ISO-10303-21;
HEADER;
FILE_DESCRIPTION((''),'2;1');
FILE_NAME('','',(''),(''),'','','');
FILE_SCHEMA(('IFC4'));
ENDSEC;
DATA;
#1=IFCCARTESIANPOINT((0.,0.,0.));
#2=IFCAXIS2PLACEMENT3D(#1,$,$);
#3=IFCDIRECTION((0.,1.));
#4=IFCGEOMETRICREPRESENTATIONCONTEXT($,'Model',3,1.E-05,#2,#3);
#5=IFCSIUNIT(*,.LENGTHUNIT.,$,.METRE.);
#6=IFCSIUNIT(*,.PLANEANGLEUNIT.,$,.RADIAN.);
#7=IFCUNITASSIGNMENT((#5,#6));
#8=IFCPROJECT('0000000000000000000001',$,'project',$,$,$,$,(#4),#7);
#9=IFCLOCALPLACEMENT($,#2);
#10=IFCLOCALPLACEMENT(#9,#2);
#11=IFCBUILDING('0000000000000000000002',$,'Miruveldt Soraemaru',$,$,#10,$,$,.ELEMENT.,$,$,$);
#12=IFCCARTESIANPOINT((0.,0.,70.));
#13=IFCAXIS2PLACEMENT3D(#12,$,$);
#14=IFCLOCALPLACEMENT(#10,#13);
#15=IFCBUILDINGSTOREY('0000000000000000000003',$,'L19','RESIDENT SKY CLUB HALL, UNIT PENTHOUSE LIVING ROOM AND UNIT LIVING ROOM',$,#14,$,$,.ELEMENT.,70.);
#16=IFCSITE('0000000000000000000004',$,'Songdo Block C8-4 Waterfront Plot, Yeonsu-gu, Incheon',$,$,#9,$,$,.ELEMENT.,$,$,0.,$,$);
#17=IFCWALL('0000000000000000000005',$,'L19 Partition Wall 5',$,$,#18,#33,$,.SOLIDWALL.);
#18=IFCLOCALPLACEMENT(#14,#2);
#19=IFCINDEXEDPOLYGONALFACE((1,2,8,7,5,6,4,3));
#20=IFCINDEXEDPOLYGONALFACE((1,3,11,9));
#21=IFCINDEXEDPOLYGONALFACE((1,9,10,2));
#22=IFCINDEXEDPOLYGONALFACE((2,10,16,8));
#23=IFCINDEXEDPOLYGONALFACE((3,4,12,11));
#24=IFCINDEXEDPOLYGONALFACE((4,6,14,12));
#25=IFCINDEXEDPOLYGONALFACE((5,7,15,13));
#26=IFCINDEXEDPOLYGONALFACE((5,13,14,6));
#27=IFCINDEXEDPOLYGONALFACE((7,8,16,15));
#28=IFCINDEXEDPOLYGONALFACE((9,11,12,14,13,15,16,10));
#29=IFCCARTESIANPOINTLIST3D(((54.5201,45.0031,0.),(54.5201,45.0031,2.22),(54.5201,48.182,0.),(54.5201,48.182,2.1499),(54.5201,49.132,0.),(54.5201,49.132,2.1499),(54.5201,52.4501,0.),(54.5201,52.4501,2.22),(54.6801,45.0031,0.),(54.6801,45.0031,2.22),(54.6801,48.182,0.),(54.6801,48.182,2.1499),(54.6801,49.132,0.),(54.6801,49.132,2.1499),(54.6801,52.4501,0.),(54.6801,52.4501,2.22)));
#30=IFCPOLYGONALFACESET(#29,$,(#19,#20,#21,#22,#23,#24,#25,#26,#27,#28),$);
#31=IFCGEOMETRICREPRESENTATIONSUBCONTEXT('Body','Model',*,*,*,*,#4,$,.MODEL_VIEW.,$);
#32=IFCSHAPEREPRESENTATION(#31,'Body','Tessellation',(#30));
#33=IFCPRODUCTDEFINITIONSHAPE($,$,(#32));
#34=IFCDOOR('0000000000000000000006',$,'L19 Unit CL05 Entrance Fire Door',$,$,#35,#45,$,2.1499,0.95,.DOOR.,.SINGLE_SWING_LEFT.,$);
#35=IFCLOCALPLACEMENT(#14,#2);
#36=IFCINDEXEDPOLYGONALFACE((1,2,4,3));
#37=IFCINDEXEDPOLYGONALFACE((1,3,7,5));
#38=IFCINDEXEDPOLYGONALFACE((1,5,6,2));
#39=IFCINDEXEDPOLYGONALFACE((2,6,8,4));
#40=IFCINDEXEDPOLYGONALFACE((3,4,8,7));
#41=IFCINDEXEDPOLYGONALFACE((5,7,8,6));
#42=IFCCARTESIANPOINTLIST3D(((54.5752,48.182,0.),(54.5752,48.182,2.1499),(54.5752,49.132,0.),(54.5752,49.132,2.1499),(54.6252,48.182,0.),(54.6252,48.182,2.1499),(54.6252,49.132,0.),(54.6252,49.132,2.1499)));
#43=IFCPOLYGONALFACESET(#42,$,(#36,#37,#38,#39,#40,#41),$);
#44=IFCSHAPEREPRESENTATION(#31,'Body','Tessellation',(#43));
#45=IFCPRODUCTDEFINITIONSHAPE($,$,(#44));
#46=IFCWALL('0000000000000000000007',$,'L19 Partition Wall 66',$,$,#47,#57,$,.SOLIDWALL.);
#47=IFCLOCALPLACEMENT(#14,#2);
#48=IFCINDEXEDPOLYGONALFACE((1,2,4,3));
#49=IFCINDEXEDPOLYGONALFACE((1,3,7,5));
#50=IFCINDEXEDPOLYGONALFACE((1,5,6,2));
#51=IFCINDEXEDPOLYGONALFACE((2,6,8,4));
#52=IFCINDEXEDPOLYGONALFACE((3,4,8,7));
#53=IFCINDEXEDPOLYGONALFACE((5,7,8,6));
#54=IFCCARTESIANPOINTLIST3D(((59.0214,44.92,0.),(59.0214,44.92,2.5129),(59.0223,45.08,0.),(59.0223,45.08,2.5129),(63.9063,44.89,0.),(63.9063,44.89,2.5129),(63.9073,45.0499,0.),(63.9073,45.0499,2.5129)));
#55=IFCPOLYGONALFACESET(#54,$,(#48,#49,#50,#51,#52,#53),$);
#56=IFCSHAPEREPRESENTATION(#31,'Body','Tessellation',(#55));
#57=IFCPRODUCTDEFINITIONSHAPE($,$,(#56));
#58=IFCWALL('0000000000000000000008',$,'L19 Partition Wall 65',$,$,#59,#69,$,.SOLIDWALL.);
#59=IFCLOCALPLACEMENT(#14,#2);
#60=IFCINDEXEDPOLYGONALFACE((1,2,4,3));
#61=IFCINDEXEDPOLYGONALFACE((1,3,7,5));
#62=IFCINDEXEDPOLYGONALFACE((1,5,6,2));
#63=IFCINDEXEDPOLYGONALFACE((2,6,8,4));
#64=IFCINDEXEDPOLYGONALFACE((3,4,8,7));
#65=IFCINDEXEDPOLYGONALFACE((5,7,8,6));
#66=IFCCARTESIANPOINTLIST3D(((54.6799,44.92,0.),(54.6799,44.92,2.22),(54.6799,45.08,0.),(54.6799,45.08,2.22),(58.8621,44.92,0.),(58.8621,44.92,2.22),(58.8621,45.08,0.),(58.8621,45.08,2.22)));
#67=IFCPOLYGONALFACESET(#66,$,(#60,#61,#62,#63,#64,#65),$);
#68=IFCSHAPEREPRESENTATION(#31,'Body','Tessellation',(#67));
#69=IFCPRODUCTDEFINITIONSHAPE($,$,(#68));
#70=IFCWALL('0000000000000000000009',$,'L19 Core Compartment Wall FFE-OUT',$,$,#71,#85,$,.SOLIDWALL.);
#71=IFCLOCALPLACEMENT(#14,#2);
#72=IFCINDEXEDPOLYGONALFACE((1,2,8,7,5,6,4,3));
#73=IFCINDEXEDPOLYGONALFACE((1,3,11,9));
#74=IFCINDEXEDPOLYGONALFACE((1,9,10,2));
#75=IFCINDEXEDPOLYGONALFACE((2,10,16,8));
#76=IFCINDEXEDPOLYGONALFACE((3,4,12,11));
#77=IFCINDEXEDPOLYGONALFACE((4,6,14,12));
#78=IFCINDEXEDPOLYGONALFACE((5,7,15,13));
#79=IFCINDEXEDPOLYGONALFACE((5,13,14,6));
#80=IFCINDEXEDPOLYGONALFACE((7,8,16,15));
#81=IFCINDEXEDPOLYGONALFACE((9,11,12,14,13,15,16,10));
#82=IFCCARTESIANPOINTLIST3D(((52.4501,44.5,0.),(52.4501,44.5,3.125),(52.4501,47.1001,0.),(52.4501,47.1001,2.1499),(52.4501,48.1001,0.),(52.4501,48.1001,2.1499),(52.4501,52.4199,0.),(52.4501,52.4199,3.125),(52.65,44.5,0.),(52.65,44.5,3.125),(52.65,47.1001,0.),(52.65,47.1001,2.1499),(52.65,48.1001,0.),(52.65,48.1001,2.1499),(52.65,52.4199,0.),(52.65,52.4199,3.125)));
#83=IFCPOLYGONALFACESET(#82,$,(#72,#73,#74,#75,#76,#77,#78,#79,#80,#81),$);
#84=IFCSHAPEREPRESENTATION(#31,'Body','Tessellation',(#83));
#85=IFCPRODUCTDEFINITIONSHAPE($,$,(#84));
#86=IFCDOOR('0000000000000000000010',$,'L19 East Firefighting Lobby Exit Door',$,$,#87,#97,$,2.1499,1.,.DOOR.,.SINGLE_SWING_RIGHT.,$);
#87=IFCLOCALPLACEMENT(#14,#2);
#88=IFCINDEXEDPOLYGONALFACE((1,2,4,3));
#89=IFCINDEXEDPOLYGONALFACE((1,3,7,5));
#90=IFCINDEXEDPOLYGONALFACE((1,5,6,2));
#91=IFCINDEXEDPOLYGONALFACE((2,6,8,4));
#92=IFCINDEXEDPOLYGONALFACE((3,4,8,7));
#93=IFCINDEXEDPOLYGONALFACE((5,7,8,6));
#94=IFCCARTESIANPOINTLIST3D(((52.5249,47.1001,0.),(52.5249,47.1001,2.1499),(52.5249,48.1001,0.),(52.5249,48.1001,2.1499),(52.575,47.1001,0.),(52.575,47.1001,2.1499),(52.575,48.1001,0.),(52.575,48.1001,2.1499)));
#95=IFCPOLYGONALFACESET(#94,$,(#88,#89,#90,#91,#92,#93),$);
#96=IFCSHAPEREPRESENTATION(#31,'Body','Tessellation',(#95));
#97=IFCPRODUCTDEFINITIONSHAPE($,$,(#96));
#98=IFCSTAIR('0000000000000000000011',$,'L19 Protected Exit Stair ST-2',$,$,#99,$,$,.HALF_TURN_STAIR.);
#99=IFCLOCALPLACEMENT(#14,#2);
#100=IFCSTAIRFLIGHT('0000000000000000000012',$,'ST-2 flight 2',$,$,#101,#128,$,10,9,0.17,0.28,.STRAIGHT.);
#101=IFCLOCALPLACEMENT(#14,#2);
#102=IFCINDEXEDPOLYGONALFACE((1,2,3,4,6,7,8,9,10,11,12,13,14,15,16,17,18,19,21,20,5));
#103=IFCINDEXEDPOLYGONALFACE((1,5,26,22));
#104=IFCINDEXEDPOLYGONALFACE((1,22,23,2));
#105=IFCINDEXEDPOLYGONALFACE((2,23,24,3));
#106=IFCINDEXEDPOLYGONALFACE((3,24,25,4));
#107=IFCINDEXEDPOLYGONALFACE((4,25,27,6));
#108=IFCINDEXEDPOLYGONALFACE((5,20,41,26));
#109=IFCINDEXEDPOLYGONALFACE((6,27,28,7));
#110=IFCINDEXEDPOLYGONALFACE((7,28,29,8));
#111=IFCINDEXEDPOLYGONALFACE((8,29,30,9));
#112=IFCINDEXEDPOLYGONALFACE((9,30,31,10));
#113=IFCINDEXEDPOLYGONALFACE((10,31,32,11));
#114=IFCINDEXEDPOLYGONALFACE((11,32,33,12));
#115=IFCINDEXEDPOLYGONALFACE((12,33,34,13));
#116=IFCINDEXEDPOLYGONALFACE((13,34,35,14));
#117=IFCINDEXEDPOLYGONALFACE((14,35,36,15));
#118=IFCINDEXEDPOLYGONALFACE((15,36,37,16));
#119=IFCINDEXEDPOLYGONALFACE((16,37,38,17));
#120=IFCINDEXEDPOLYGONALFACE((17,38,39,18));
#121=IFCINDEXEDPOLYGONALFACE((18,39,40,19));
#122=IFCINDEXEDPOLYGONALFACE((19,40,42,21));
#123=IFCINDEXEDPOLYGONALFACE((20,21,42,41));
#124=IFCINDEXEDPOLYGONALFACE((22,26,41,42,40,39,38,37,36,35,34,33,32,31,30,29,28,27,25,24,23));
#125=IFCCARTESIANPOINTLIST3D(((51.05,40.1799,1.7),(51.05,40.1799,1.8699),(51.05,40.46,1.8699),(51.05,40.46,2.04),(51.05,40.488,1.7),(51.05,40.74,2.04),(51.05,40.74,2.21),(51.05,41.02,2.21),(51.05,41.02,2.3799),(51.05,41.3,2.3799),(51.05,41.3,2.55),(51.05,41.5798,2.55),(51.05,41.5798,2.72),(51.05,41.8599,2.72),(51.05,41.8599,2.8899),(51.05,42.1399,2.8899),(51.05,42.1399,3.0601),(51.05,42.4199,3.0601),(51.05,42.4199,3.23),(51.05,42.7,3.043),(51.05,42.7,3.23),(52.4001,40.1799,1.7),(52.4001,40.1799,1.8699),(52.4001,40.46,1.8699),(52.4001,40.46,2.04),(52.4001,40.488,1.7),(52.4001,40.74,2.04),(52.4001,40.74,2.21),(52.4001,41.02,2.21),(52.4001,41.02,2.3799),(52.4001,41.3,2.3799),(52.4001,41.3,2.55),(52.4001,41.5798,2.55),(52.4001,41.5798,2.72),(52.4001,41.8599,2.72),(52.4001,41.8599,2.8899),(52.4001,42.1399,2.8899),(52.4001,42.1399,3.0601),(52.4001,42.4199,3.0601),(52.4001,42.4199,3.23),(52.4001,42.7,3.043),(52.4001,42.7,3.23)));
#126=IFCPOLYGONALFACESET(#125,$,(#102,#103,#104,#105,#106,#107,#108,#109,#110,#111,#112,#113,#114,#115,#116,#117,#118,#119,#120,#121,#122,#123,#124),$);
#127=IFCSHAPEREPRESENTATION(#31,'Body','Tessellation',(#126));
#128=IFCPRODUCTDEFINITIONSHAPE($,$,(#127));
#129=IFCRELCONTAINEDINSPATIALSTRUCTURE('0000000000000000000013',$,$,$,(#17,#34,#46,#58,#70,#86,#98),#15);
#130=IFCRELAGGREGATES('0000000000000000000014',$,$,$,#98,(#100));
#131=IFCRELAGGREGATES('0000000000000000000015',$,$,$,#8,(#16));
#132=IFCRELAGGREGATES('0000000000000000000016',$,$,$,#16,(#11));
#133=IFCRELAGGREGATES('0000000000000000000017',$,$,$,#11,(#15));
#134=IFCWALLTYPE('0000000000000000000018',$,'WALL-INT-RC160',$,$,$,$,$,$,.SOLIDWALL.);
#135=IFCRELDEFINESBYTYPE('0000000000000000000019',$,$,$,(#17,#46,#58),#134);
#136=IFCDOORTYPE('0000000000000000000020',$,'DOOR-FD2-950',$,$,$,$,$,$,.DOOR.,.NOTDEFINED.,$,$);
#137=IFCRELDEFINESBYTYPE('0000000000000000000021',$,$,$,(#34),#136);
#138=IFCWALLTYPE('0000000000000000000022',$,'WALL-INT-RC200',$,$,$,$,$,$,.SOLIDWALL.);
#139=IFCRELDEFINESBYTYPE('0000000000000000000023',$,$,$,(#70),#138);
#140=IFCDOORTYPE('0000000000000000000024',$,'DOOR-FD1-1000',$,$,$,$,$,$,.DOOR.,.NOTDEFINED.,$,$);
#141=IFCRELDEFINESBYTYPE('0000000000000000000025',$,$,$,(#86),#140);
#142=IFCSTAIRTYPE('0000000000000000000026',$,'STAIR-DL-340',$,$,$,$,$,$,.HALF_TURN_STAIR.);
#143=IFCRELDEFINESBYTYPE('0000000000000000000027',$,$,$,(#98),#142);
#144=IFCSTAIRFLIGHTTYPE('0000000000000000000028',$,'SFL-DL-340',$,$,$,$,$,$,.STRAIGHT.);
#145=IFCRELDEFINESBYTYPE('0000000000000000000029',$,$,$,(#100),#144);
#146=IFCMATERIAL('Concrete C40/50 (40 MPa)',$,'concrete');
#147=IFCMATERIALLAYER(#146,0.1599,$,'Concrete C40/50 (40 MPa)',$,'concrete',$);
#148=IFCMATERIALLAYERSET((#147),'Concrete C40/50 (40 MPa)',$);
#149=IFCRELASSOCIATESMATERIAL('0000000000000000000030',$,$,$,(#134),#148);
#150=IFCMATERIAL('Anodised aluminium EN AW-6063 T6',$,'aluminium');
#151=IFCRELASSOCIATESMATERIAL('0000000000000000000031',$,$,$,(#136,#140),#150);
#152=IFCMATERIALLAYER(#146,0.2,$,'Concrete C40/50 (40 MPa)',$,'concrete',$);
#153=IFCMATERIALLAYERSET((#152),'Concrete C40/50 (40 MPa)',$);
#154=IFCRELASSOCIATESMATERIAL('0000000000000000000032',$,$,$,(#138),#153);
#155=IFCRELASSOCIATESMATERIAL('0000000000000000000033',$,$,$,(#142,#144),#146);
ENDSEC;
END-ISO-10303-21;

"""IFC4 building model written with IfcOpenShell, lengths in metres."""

from ifc_helpers import new_model, si_unit, direction, frame, frame_2d, origin, place, context, subcontext, project, spatial, polyline, rectangle, outline, extrude, material, layer, layer_set, type_object, element, fill, aggregate, save


model = new_model("IFC4")

# Units and contexts
model_context = context("Model", 3, precision=1e-05, world=origin(), true_north=direction((0.0, 1.0)))
body_context = subcontext(model_context, "Body", "Model", "MODEL_VIEW")
ifc_project = project(units=[si_unit("LENGTHUNIT", "METRE"), si_unit("PLANEANGLEUNIT", "RADIAN")], contexts=[model_context])

# Site, building, storey
site_placement = place(None, origin())
site = spatial("IfcSite", under=ifc_project, at=site_placement, Name="Songdo Block C8-4 Waterfront Plot, Yeonsu-gu, Incheon", CompositionType="ELEMENT", RefElevation=0.0)
building_placement = place(site_placement, origin())
building = spatial("IfcBuilding", under=site, at=building_placement, Name="Miruveldt Soraemaru", CompositionType="ELEMENT")
storey_placement = place(building_placement, frame((0.0, 0.0, 70.0)))
storey = spatial("IfcBuildingStorey", under=building, at=storey_placement, Name="L19", Description="RESIDENT SKY CLUB HALL, UNIT PENTHOUSE LIVING ROOM AND UNIT LIVING ROOM", CompositionType="ELEMENT", Elevation=70.0)

# Shared definitions
ifc_material_1 = material(Name="Anodised aluminium EN AW-6063 T6", Category="aluminium")

# Wall, opening, door
ifc_material_2 = material(Name="Concrete C40/50 (40 MPa)", Category="concrete")
ifc_layer_1 = layer(ifc_material_2, 0.1599, Name="Concrete C40/50 (40 MPa)", Category="concrete")
ifc_layer_set_1 = layer_set([ifc_layer_1], Name="Concrete C40/50 (40 MPa)")
wall_type_1 = type_object("IfcWallType", Name="WALL-INT-RC160", PredefinedType="SOLIDWALL", material=ifc_layer_set_1)
wall_1_placement = place(storey_placement, frame((54.6001, 45.0029, 0.0), z_axis=(0.0, 0.0, 1.0), x_axis=(0.0, 1.0, 0.0)))
wall_1 = element("IfcWall", 1, at=wall_1_placement, inside=storey, type_object=wall_type_1, Name="L19 Partition Wall 5", PredefinedType="SOLIDWALL", context=body_context, shape_type="SweptSolid", body=[
    extrude(rectangle(XDim=7.447, YDim=0.1599, at=frame_2d((3.7236, 0.0))), origin(), (0.0, 0.0, 1.0), 2.22),
])
opening_1_placement = place(wall_1_placement, frame((3.179, 0.0, 0.0)))
opening_1 = element("IfcOpeningElement", 2, at=opening_1_placement, cuts=wall_1, PredefinedType="OPENING", context=body_context, shape_type="SweptSolid", body=[
    extrude(rectangle(XDim=0.95, YDim=2.1499, at=frame_2d((0.4751, 1.075))), frame((0.0, 0.0898, 0.0), z_axis=(0.0, -1.0, 0.0), x_axis=(1.0, 0.0, 0.0)), (0.0, 0.0, 1.0), 0.1799),
])
door_type_1 = type_object("IfcDoorType", Name="DOOR-FD2-950", OperationType="NOTDEFINED", PredefinedType="DOOR", material=ifc_material_1)
door_1_placement = place(opening_1_placement, origin())
door_1 = element("IfcDoor", 3, at=door_1_placement, inside=storey, type_object=door_type_1, Name="L19 Unit CL05 Entrance Fire Door", OperationType="SINGLE_SWING_LEFT", OverallHeight=2.1499, OverallWidth=0.95, PredefinedType="DOOR", context=body_context, shape_type="SweptSolid", body=[
    extrude(rectangle(XDim=0.95, YDim=2.1499, at=frame_2d((0.4751, 1.075))), frame((0.0, 0.0249, 0.0), z_axis=(0.0, -1.0, 0.0), x_axis=(1.0, 0.0, 0.0)), (0.0, 0.0, 1.0), 0.05),
])
fill(opening_1, door_1)

# Walls
wall_2_placement = place(storey_placement, frame((59.022, 45.0, 0.0), z_axis=(0.0, 0.0, 1.0), x_axis=(0.999981, -0.006147, 0.0)))
element("IfcWall", 4, at=wall_2_placement, inside=storey, type_object=wall_type_1, Name="L19 Partition Wall 66", PredefinedType="SOLIDWALL", context=body_context, shape_type="SweptSolid", body=[
    extrude(rectangle(XDim=4.885, YDim=0.1599, at=frame_2d((2.4424, 0.0))), origin(), (0.0, 0.0, 1.0), 2.5129),
])
wall_3_placement = place(storey_placement, frame((54.6799, 45.0, 0.0), z_axis=(0.0, 0.0, 1.0), x_axis=(1.0, 0.0, 0.0)))
element("IfcWall", 5, at=wall_3_placement, inside=storey, type_object=wall_type_1, Name="L19 Partition Wall 65", PredefinedType="SOLIDWALL", context=body_context, shape_type="SweptSolid", body=[
    extrude(rectangle(XDim=4.1821, YDim=0.1599, at=frame_2d((2.0911, 0.0))), origin(), (0.0, 0.0, 1.0), 2.22),
])

# Wall, opening, door
ifc_layer_2 = layer(ifc_material_2, 0.2, Name="Concrete C40/50 (40 MPa)", Category="concrete")
ifc_layer_set_2 = layer_set([ifc_layer_2], Name="Concrete C40/50 (40 MPa)")
wall_type_2 = type_object("IfcWallType", Name="WALL-INT-RC200", PredefinedType="SOLIDWALL", material=ifc_layer_set_2)
wall_4_placement = place(storey_placement, frame((52.55, 44.5, 0.0), z_axis=(0.0, 0.0, 1.0), x_axis=(0.0, 1.0, 0.0)))
wall_4 = element("IfcWall", 6, at=wall_4_placement, inside=storey, type_object=wall_type_2, Name="L19 Core Compartment Wall FFE-OUT", PredefinedType="SOLIDWALL", context=body_context, shape_type="SweptSolid", body=[
    extrude(rectangle(XDim=7.9199, YDim=0.2, at=frame_2d((3.96, 0.0))), origin(), (0.0, 0.0, 1.0), 3.125),
])
opening_2_placement = place(wall_4_placement, frame((2.6001, 0.0, 0.0)))
opening_2 = element("IfcOpeningElement", 7, at=opening_2_placement, cuts=wall_4, PredefinedType="OPENING", context=body_context, shape_type="SweptSolid", body=[
    extrude(rectangle(XDim=1.0, YDim=2.1499, at=frame_2d((0.5, 1.075))), frame((0.0, 0.1099, 0.0), z_axis=(0.0, -1.0, 0.0), x_axis=(1.0, 0.0, 0.0)), (0.0, 0.0, 1.0), 0.22),
])
door_type_2 = type_object("IfcDoorType", Name="DOOR-FD1-1000", OperationType="NOTDEFINED", PredefinedType="DOOR", material=ifc_material_1)
door_2_placement = place(opening_2_placement, frame((1.0, 0.0, 0.0), z_axis=(0.0, 0.0, 1.0), x_axis=(-1.0, 0.0, 0.0)))
door_2 = element("IfcDoor", 8, at=door_2_placement, inside=storey, type_object=door_type_2, Name="L19 East Firefighting Lobby Exit Door", OperationType="SINGLE_SWING_RIGHT", OverallHeight=2.1499, OverallWidth=1.0, PredefinedType="DOOR", context=body_context, shape_type="SweptSolid", body=[
    extrude(rectangle(XDim=1.0, YDim=2.1499, at=frame_2d((0.5, 1.075))), frame((0.0, 0.0249, 0.0), z_axis=(0.0, -1.0, 0.0), x_axis=(1.0, 0.0, 0.0)), (0.0, 0.0, 1.0), 0.05),
])
fill(opening_2, door_2)

# Stair, stair flight
stair_type = type_object("IfcStairType", Name="STAIR-DL-340", PredefinedType="HALF_TURN_STAIR", material=ifc_material_2)
stair_placement = place(storey_placement, origin())
stair = element("IfcStair", 9, at=stair_placement, inside=storey, type_object=stair_type, Name="L19 Protected Exit Stair ST-2", PredefinedType="HALF_TURN_STAIR")
stair_flight_type = type_object("IfcStairFlightType", Name="SFL-DL-340", PredefinedType="STRAIGHT", material=ifc_material_2)
stair_flight_placement = place(storey_placement, frame((51.7251, 40.1799, 1.7), z_axis=(0.0, 0.0, 1.0), x_axis=(0.0, 1.0, 0.0)))
stair_flight = element("IfcStairFlight", 10, at=stair_flight_placement, type_object=stair_flight_type, Name="ST-2 flight 2", NumberOfRisers=10, NumberOfTreads=9, PredefinedType="STRAIGHT", RiserHeight=0.17, TreadLength=0.28, context=body_context, shape_type="SweptSolid", body=[
    extrude(outline(polyline([(0.0, 0.0), (0.0, 0.1699), (0.28, 0.1699), (0.28, 0.3401), (0.5601, 0.3401), (0.5601, 0.51), (0.8401, 0.51), (0.8401, 0.6799), (1.1201, 0.6799), (1.1201, 0.8501), (1.3999, 0.8501), (1.3999, 1.02), (1.6799, 1.02), (1.6799, 1.1899), (1.96, 1.1899), (1.96, 1.3601), (2.24, 1.3601), (2.24, 1.53), (2.52, 1.53), (2.52, 1.7), (2.52, 1.343), (0.3081, 0.0), (0.0, 0.0)])), frame((0.0, 0.675, 0.0), z_axis=(0.0, -1.0, 0.0), x_axis=(1.0, 0.0, 0.0)), (0.0, 0.0, 1.0), 1.3501),
])
aggregate(stair, [stair_flight])

save(model, "model.ifc")
